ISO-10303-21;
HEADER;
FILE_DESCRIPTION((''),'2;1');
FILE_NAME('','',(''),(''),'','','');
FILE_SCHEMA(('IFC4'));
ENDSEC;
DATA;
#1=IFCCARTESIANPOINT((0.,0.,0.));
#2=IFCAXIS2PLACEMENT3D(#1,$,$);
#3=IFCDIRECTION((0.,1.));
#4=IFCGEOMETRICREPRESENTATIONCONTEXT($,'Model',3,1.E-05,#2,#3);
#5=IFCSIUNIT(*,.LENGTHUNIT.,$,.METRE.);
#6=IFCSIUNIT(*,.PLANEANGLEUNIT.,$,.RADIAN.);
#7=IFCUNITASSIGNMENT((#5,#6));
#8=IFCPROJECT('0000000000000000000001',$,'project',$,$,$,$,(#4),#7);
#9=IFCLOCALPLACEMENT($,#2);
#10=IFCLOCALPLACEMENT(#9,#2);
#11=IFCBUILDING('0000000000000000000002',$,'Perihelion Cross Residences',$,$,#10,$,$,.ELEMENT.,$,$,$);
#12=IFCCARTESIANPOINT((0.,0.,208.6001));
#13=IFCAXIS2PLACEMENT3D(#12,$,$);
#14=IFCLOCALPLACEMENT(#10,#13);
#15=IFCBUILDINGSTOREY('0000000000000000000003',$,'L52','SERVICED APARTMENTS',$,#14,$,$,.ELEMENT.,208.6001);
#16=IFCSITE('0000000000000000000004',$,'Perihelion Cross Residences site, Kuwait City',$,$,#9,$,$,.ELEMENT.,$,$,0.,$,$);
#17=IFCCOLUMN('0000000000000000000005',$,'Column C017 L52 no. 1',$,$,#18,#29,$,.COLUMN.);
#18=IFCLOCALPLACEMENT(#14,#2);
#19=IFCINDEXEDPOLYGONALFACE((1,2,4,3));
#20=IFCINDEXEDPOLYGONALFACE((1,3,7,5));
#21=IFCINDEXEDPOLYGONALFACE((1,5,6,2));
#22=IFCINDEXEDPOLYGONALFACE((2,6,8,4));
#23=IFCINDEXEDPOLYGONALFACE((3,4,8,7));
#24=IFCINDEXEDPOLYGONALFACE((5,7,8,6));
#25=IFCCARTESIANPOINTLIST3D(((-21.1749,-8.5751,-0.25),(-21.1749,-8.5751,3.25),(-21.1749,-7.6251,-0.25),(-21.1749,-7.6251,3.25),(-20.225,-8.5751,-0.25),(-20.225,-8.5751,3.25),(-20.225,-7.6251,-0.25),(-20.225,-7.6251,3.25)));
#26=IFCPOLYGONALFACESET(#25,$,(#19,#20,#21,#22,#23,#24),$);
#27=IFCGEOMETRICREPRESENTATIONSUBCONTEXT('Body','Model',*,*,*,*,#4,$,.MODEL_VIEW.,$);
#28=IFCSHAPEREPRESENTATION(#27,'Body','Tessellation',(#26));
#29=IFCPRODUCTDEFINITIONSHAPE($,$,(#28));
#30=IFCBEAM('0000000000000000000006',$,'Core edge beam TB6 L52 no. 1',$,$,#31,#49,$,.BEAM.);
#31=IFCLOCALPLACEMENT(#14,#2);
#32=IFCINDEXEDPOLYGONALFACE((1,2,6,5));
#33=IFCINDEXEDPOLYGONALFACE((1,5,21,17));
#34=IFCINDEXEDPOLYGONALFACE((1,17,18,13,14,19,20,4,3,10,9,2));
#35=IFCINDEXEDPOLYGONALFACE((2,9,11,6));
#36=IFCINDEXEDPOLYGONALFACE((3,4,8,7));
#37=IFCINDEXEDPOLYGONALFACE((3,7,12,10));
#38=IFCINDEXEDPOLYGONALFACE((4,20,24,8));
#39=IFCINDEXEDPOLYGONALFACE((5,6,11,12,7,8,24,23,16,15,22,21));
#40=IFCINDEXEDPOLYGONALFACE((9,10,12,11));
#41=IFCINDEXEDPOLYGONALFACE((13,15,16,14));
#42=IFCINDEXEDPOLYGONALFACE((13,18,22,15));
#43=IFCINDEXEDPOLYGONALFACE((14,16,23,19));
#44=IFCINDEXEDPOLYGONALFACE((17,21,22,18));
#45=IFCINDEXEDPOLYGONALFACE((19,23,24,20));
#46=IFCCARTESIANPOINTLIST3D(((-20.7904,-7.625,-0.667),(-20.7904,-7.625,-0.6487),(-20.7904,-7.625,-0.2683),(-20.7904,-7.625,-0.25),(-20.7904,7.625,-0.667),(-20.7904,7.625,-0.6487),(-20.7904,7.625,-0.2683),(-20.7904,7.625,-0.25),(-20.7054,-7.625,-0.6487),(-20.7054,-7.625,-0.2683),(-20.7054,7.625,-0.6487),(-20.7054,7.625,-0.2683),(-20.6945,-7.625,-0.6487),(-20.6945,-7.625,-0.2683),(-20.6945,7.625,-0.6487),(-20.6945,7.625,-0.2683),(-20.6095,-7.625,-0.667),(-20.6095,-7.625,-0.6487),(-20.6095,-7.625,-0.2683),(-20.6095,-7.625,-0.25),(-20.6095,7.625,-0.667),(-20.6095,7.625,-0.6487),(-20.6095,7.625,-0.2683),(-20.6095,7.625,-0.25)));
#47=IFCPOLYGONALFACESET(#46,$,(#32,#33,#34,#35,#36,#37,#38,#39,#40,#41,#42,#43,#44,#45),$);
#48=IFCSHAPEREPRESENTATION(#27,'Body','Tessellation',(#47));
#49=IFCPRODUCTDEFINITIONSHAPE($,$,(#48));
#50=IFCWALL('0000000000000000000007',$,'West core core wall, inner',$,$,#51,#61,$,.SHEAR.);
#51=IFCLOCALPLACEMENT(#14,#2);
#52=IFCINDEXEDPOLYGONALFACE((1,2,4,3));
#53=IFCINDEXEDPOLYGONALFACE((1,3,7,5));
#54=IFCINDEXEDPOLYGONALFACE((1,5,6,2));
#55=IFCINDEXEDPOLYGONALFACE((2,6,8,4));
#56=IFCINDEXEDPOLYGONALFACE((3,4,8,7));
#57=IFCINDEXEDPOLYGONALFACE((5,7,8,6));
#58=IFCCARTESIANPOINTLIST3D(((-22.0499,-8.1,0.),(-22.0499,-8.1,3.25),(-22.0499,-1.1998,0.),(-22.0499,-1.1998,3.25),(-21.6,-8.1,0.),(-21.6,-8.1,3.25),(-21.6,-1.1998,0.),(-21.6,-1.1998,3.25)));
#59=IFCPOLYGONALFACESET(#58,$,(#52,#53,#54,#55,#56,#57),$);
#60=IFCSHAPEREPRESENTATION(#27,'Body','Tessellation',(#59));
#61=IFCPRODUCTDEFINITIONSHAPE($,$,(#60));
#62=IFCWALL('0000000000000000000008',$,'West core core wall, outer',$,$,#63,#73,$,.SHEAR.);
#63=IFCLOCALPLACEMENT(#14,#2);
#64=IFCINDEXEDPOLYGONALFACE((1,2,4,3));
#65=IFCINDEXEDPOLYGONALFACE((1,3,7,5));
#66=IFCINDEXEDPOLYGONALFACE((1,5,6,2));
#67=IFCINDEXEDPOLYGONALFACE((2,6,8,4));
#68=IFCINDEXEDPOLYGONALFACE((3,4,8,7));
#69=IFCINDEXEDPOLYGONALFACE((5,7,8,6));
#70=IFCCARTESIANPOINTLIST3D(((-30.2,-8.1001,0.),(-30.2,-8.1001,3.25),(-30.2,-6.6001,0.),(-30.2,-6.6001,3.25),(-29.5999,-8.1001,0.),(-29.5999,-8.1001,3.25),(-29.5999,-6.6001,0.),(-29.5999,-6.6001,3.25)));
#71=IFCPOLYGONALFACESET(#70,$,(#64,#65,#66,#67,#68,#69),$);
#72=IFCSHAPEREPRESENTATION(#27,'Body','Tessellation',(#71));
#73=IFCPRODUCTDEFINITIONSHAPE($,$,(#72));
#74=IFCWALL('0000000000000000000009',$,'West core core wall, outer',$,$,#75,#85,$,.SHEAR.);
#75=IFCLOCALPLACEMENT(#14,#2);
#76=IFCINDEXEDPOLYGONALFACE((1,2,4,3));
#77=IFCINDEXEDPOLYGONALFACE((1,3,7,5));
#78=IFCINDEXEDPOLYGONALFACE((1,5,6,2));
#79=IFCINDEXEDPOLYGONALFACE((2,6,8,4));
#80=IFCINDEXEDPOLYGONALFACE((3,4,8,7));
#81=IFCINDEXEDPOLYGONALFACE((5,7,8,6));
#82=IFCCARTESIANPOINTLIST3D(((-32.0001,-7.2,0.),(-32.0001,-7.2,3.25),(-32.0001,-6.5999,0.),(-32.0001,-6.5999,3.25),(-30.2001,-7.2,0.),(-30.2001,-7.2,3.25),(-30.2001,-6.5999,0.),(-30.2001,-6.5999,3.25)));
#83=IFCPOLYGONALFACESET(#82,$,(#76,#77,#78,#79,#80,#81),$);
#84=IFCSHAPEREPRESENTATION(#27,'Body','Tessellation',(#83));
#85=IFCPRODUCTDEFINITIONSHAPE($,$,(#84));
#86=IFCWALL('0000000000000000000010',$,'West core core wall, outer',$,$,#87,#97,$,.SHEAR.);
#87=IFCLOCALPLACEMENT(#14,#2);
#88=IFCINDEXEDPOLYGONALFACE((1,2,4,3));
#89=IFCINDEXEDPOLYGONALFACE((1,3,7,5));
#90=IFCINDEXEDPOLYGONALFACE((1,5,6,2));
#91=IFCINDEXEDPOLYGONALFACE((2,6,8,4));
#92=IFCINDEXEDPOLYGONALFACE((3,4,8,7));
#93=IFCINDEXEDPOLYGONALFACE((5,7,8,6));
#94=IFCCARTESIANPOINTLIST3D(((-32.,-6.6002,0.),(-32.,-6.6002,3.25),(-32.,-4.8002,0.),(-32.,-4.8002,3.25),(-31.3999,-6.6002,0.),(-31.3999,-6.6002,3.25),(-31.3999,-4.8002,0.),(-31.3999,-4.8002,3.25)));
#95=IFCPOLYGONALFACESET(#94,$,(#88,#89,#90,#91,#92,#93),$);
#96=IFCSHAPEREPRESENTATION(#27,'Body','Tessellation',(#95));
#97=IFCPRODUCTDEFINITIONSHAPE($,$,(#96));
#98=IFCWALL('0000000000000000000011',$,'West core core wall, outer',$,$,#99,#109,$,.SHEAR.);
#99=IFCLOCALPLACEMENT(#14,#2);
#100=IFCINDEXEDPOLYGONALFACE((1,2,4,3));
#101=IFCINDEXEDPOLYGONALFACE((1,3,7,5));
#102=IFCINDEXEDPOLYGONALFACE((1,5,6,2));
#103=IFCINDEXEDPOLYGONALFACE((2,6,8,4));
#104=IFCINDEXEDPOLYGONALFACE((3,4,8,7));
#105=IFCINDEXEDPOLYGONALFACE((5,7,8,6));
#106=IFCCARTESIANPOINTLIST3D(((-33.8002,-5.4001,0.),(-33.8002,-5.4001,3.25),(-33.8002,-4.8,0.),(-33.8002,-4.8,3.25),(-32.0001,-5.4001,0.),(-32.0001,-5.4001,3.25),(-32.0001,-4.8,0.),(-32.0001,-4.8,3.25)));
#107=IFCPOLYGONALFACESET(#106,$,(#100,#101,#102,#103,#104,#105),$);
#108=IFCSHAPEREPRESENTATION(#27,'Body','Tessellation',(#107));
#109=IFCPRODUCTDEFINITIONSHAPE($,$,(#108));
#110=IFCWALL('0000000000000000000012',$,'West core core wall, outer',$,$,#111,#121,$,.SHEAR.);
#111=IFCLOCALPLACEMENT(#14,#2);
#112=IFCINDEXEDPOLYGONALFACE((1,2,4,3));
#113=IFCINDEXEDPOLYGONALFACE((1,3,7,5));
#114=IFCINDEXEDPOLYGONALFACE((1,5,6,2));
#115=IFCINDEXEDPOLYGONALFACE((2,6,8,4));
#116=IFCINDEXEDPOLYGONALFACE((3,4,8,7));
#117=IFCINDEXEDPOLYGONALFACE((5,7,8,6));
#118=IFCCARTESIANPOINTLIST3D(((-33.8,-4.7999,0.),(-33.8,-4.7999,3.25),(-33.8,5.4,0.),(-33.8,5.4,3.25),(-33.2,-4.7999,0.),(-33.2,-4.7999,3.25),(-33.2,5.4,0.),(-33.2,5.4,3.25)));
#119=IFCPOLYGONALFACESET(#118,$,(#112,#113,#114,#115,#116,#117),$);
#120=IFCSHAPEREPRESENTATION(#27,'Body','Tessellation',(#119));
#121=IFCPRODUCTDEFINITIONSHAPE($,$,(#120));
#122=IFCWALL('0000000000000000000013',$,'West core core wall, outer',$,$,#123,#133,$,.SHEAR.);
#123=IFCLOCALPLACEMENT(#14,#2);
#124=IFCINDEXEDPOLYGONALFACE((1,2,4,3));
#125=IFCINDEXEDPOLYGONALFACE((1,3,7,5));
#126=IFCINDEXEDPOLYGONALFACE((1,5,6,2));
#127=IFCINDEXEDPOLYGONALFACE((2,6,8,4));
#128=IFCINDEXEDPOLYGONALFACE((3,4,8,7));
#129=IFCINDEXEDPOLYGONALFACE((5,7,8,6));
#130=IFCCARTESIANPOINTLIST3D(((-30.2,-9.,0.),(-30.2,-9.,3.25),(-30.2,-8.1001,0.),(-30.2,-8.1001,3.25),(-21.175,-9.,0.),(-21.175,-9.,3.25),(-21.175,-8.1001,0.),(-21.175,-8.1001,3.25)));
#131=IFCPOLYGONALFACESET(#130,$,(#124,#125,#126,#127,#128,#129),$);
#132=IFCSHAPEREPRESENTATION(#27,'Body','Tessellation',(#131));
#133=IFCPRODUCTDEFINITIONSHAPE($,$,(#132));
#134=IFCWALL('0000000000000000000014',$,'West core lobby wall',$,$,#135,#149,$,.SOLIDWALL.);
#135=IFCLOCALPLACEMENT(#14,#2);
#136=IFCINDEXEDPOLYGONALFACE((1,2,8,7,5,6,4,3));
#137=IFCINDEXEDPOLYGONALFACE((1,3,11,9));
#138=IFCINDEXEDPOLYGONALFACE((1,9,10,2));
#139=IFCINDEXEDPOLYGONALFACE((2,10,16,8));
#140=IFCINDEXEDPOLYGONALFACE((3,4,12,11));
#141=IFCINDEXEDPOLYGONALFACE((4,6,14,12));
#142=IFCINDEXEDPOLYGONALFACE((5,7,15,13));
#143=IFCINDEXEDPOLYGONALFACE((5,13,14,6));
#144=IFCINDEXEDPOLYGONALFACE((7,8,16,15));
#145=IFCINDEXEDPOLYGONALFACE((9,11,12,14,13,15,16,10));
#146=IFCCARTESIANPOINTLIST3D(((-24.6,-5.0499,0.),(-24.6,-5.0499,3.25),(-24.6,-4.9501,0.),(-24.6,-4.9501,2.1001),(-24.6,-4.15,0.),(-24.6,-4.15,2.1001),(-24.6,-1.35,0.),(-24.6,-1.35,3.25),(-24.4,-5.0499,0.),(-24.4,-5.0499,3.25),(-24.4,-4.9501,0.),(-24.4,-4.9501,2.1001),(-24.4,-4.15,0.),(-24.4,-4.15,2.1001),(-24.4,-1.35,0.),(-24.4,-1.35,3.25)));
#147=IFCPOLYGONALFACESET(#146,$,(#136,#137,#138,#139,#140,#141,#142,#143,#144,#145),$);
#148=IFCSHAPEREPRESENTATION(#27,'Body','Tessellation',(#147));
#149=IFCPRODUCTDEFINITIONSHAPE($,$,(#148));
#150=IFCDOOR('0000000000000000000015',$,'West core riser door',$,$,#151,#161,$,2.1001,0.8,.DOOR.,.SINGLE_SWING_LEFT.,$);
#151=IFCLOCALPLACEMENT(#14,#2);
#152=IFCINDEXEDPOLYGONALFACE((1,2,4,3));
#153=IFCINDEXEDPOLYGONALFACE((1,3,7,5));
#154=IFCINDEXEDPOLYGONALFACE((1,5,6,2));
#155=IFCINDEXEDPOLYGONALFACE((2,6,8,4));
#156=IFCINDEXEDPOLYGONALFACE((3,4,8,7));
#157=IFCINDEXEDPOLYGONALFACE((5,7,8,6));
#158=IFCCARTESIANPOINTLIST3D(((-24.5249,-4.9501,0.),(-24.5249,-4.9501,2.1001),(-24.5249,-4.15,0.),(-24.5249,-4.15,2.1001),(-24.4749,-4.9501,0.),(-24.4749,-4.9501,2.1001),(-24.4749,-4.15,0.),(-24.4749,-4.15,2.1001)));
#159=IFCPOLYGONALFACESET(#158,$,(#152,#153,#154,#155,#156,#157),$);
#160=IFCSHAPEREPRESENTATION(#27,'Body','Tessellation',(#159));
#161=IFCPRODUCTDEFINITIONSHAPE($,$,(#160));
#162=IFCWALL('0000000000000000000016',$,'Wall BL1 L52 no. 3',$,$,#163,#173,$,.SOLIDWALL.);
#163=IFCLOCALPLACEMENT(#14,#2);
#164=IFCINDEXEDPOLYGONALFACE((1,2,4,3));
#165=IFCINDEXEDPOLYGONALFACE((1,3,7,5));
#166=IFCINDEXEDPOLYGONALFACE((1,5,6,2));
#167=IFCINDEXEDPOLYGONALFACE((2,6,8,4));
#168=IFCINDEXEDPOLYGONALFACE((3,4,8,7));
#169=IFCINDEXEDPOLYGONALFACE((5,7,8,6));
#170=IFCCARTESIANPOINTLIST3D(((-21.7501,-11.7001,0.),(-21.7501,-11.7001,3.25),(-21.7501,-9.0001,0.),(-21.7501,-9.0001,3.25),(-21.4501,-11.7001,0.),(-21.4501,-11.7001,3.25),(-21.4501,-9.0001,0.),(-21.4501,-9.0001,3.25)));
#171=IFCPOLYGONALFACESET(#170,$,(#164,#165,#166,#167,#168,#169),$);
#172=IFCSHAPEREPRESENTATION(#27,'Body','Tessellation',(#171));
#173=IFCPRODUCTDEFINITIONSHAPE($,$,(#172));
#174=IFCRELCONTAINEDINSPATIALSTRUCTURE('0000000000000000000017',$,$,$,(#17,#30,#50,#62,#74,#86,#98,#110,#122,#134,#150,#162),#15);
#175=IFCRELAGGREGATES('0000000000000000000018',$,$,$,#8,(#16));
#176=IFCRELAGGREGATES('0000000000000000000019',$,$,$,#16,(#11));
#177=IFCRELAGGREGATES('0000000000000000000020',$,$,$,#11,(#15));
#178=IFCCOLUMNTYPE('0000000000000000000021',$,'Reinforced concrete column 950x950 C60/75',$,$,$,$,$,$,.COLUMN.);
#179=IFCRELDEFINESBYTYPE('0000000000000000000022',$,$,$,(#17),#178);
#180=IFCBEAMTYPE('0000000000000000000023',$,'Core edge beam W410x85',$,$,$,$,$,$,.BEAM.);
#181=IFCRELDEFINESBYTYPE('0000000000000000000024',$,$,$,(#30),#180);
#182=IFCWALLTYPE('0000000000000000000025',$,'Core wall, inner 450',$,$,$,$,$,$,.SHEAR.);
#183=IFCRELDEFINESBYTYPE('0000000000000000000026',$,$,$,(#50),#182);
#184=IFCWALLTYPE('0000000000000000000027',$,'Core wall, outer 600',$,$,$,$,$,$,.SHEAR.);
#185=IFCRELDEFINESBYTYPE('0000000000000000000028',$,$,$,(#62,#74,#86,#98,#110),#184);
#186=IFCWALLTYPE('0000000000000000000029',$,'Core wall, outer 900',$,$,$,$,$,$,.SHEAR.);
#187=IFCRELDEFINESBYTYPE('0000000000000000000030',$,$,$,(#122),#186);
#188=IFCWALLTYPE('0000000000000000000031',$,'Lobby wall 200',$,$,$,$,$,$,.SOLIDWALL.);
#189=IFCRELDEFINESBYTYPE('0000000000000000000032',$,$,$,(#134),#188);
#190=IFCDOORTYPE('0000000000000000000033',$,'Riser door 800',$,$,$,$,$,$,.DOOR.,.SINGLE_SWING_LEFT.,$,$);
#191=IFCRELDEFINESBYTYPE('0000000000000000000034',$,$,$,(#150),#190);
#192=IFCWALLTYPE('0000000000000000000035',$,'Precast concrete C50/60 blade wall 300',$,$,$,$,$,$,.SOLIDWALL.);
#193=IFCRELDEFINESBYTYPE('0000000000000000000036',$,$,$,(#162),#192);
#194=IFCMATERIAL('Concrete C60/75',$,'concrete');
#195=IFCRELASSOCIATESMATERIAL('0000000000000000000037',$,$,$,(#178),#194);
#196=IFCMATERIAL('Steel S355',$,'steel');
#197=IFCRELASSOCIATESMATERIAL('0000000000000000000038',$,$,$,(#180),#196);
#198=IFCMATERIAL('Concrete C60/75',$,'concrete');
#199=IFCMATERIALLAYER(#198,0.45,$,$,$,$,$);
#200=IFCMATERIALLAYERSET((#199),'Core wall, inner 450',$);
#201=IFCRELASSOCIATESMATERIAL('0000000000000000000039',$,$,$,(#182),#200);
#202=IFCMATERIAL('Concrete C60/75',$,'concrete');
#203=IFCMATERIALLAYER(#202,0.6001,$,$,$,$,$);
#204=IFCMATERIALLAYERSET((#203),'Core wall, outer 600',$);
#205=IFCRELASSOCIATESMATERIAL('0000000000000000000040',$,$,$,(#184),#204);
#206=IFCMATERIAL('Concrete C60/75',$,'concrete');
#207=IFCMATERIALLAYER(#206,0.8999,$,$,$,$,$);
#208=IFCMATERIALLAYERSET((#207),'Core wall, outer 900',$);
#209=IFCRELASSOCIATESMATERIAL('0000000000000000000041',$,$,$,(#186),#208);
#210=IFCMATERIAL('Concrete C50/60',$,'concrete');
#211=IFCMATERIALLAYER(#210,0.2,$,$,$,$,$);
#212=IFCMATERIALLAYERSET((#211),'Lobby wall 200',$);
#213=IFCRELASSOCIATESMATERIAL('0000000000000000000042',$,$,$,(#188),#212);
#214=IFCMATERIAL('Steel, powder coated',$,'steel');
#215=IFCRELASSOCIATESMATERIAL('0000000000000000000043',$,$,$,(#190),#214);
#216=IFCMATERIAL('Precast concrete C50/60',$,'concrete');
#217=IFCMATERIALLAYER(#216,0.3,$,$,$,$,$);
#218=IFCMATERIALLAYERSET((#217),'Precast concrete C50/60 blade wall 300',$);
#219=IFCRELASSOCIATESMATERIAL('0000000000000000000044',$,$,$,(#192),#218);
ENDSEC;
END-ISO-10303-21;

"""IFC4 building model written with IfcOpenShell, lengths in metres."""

from ifc_helpers import new_model, si_unit, direction, frame, frame_2d, origin, origin_2d, place, context, subcontext, project, spatial, rectangle, i_section, extrude, material, layer, layer_set, material_profile, profile_set, type_object, element, fill, save


model = new_model("IFC4")

# Units and contexts
model_context = context("Model", 3, precision=1e-05, world=origin(), true_north=direction((0.0, 1.0)))
body_context = subcontext(model_context, "Body", "Model", "MODEL_VIEW")
ifc_project = project(units=[si_unit("LENGTHUNIT", "METRE"), si_unit("PLANEANGLEUNIT", "RADIAN")], contexts=[model_context])

# Site, building, storey
site_placement = place(None, origin())
site = spatial("IfcSite", under=ifc_project, at=site_placement, Name="Perihelion Cross Residences site, Kuwait City", CompositionType="ELEMENT", RefElevation=0.0)
building_placement = place(site_placement, origin())
building = spatial("IfcBuilding", under=site, at=building_placement, Name="Perihelion Cross Residences", CompositionType="ELEMENT")
storey_placement = place(building_placement, frame((0.0, 0.0, 208.6001)))
storey = spatial("IfcBuildingStorey", under=building, at=storey_placement, Name="L52", Description="SERVICED APARTMENTS", CompositionType="ELEMENT", Elevation=208.6001)

# Column
ifc_material_1 = material(Name="Concrete C60/75", Category="concrete")
ifc_material_profile_1 = material_profile(ifc_material_1, rectangle(XDim=0.95, YDim=0.95, at=origin_2d()), Name="RC 950x950")
ifc_profile_set_1 = profile_set([ifc_material_profile_1], Name="Concrete C60/75")
column_type = type_object("IfcColumnType", Name="Reinforced concrete column 950x950 C60/75", PredefinedType="COLUMN", material=ifc_profile_set_1)
column_placement = place(storey_placement, frame((-20.7, -8.1001, -0.25), z_axis=(0.0, 0.0, 1.0), x_axis=(1.0, 0.0, 0.0)))
element("IfcColumn", 1, at=column_placement, inside=storey, type_object=column_type, Name="Column C017 L52 no. 1", PredefinedType="COLUMN", context=body_context, shape_type="SweptSolid", body=[
    extrude(rectangle(XDim=0.95, YDim=0.95, at=origin_2d()), origin(), (0.0, 0.0, 1.0), 3.5),
])

# Beam
ifc_material_2 = material(Name="Steel S355", Category="steel")
ifc_material_profile_2 = material_profile(ifc_material_2, i_section(OverallWidth=0.1809, OverallDepth=0.417, WebThickness=0.011, FlangeThickness=0.0183, at=origin_2d()), Name="W410x85")
ifc_profile_set_2 = profile_set([ifc_material_profile_2], Name="Steel S355")
beam_type = type_object("IfcBeamType", Name="Core edge beam W410x85", PredefinedType="BEAM", material=ifc_profile_set_2)
beam_placement = place(storey_placement, frame((-20.7, -7.625, -0.4585), z_axis=(0.0, 1.0, 0.0), x_axis=(-1.0, 0.0, 0.0)))
element("IfcBeam", 2, at=beam_placement, inside=storey, type_object=beam_type, Name="Core edge beam TB6 L52 no. 1", PredefinedType="BEAM", context=body_context, shape_type="SweptSolid", body=[
    extrude(i_section(OverallWidth=0.1809, OverallDepth=0.417, WebThickness=0.011, FlangeThickness=0.0183, at=origin_2d()), origin(), (0.0, 0.0, 1.0), 15.25),
])

# Walls
ifc_material_3 = material(Name="Concrete C60/75", Category="concrete")
ifc_layer_1 = layer(ifc_material_3, 0.45)
ifc_layer_set_1 = layer_set([ifc_layer_1], Name="Core wall, inner 450")
wall_type_1 = type_object("IfcWallType", Name="Core wall, inner 450", PredefinedType="SHEAR", material=ifc_layer_set_1)
wall_1_placement = place(storey_placement, frame((-21.825, -8.1001, 0.0), z_axis=(0.0, 0.0, 1.0), x_axis=(0.0, 1.0, 0.0)))
element("IfcWall", 3, at=wall_1_placement, inside=storey, type_object=wall_type_1, Name="West core core wall, inner", PredefinedType="SHEAR", context=body_context, shape_type="SweptSolid", body=[
    extrude(rectangle(XDim=6.9001, YDim=0.45, at=frame_2d((3.4502, 0.0))), origin(), (0.0, 0.0, 1.0), 3.25),
])
ifc_material_4 = material(Name="Concrete C60/75", Category="concrete")
ifc_layer_2 = layer(ifc_material_4, 0.6001)
ifc_layer_set_2 = layer_set([ifc_layer_2], Name="Core wall, outer 600")
wall_type_2 = type_object("IfcWallType", Name="Core wall, outer 600", PredefinedType="SHEAR", material=ifc_layer_set_2)
wall_2_placement = place(storey_placement, frame((-29.8999, -8.1001, 0.0), z_axis=(0.0, 0.0, 1.0), x_axis=(0.0, 1.0, 0.0)))
element("IfcWall", 4, at=wall_2_placement, inside=storey, type_object=wall_type_2, Name="West core core wall, outer", PredefinedType="SHEAR", context=body_context, shape_type="SweptSolid", body=[
    extrude(rectangle(XDim=1.5, YDim=0.6001, at=frame_2d((0.75, 0.0))), origin(), (0.0, 0.0, 1.0), 3.25),
])
for number, where, z_axis, x_axis, name in (
    (5, (-32.0, -6.8999, 0.0), (0.0, 0.0, 1.0), (1.0, 0.0, 0.0), "West core core wall, outer"),
    (6, (-31.7, -6.6001, 0.0), (0.0, 0.0, 1.0), (0.0, 1.0, 0.0), "West core core wall, outer"),
    (7, (-33.8, -5.1001, 0.0), (0.0, 0.0, 1.0), (1.0, 0.0, 0.0), "West core core wall, outer"),
):
    element("IfcWall", number, at=place(storey_placement, frame(where, z_axis=z_axis, x_axis=x_axis)), inside=storey, type_object=wall_type_2, Name=name, PredefinedType="SHEAR", context=body_context, shape_type="SweptSolid", body=[
        extrude(rectangle(XDim=1.8, YDim=0.6001, at=frame_2d((0.8999, 0.0))), origin(), (0.0, 0.0, 1.0), 3.25),
    ])
wall_3_placement = place(storey_placement, frame((-33.5, -4.8, 0.0), z_axis=(0.0, 0.0, 1.0), x_axis=(0.0, 1.0, 0.0)))
element("IfcWall", 8, at=wall_3_placement, inside=storey, type_object=wall_type_2, Name="West core core wall, outer", PredefinedType="SHEAR", context=body_context, shape_type="SweptSolid", body=[
    extrude(rectangle(XDim=10.2, YDim=0.6001, at=frame_2d((5.1001, 0.0))), origin(), (0.0, 0.0, 1.0), 3.25),
])
ifc_material_5 = material(Name="Concrete C60/75", Category="concrete")
ifc_layer_3 = layer(ifc_material_5, 0.8999)
ifc_layer_set_3 = layer_set([ifc_layer_3], Name="Core wall, outer 900")
wall_type_3 = type_object("IfcWallType", Name="Core wall, outer 900", PredefinedType="SHEAR", material=ifc_layer_set_3)
wall_4_placement = place(storey_placement, frame((-30.2, -8.55, 0.0), z_axis=(0.0, 0.0, 1.0), x_axis=(1.0, 0.0, 0.0)))
element("IfcWall", 9, at=wall_4_placement, inside=storey, type_object=wall_type_3, Name="West core core wall, outer", PredefinedType="SHEAR", context=body_context, shape_type="SweptSolid", body=[
    extrude(rectangle(XDim=9.0249, YDim=0.8999, at=frame_2d((4.5125, 0.0))), origin(), (0.0, 0.0, 1.0), 3.25),
])

# Wall, opening, door
ifc_material_6 = material(Name="Concrete C50/60", Category="concrete")
ifc_layer_4 = layer(ifc_material_6, 0.2)
ifc_layer_set_4 = layer_set([ifc_layer_4], Name="Lobby wall 200")
wall_type_4 = type_object("IfcWallType", Name="Lobby wall 200", PredefinedType="SOLIDWALL", material=ifc_layer_set_4)
wall_5_placement = place(storey_placement, frame((-24.5, -5.05, 0.0), z_axis=(0.0, 0.0, 1.0), x_axis=(0.0, 1.0, 0.0)))
wall_5 = element("IfcWall", 10, at=wall_5_placement, inside=storey, type_object=wall_type_4, Name="West core lobby wall", PredefinedType="SOLIDWALL", context=body_context, shape_type="SweptSolid", body=[
    extrude(rectangle(XDim=3.7, YDim=0.2, at=frame_2d((1.8501, 0.0))), origin(), (0.0, 0.0, 1.0), 3.25),
])
opening_1_placement = place(wall_5_placement, frame((0.1001, 0.0, 0.0)))
opening_1 = element("IfcOpeningElement", 11, at=opening_1_placement, cuts=wall_5, PredefinedType="OPENING", context=body_context, shape_type="SweptSolid", body=[
    extrude(rectangle(XDim=0.8, YDim=2.1001, at=frame_2d((0.3999, 1.05))), frame((0.0, 0.1099, 0.0), z_axis=(0.0, -1.0, 0.0), x_axis=(1.0, 0.0, 0.0)), (0.0, 0.0, 1.0), 0.22),
])
ifc_material_7 = material(Name="Steel, powder coated", Category="steel")
door_type_1 = type_object("IfcDoorType", Name="Riser door 800", OperationType="SINGLE_SWING_LEFT", PredefinedType="DOOR", material=ifc_material_7)
door_1_placement = place(opening_1_placement, origin())
door_1 = element("IfcDoor", 12, at=door_1_placement, inside=storey, type_object=door_type_1, Name="West core riser door", OperationType="SINGLE_SWING_LEFT", OverallHeight=2.1001, OverallWidth=0.8, PredefinedType="DOOR", context=body_context, shape_type="SweptSolid", body=[
    extrude(rectangle(XDim=0.8, YDim=2.1001, at=frame_2d((0.3999, 1.05))), frame((0.0, 0.0249, 0.0), z_axis=(0.0, -1.0, 0.0), x_axis=(1.0, 0.0, 0.0)), (0.0, 0.0, 1.0), 0.05),
])
fill(opening_1, door_1)

# Wall
ifc_material_8 = material(Name="Precast concrete C50/60", Category="concrete")
ifc_layer_5 = layer(ifc_material_8, 0.3)
ifc_layer_set_5 = layer_set([ifc_layer_5], Name="Precast concrete C50/60 blade wall 300")
wall_type_5 = type_object("IfcWallType", Name="Precast concrete C50/60 blade wall 300", PredefinedType="SOLIDWALL", material=ifc_layer_set_5)
wall_6_placement = place(storey_placement, frame((-21.6001, -9.0, 0.0), z_axis=(0.0, 0.0, 1.0), x_axis=(0.0, -1.0, 0.0)))
element("IfcWall", 13, at=wall_6_placement, inside=storey, type_object=wall_type_5, Name="Wall BL1 L52 no. 3", PredefinedType="SOLIDWALL", context=body_context, shape_type="SweptSolid", body=[
    extrude(rectangle(XDim=2.7, YDim=0.3, at=frame_2d((1.3501, 0.0))), origin(), (0.0, 0.0, 1.0), 3.25),
])

save(model, "model.ifc")
